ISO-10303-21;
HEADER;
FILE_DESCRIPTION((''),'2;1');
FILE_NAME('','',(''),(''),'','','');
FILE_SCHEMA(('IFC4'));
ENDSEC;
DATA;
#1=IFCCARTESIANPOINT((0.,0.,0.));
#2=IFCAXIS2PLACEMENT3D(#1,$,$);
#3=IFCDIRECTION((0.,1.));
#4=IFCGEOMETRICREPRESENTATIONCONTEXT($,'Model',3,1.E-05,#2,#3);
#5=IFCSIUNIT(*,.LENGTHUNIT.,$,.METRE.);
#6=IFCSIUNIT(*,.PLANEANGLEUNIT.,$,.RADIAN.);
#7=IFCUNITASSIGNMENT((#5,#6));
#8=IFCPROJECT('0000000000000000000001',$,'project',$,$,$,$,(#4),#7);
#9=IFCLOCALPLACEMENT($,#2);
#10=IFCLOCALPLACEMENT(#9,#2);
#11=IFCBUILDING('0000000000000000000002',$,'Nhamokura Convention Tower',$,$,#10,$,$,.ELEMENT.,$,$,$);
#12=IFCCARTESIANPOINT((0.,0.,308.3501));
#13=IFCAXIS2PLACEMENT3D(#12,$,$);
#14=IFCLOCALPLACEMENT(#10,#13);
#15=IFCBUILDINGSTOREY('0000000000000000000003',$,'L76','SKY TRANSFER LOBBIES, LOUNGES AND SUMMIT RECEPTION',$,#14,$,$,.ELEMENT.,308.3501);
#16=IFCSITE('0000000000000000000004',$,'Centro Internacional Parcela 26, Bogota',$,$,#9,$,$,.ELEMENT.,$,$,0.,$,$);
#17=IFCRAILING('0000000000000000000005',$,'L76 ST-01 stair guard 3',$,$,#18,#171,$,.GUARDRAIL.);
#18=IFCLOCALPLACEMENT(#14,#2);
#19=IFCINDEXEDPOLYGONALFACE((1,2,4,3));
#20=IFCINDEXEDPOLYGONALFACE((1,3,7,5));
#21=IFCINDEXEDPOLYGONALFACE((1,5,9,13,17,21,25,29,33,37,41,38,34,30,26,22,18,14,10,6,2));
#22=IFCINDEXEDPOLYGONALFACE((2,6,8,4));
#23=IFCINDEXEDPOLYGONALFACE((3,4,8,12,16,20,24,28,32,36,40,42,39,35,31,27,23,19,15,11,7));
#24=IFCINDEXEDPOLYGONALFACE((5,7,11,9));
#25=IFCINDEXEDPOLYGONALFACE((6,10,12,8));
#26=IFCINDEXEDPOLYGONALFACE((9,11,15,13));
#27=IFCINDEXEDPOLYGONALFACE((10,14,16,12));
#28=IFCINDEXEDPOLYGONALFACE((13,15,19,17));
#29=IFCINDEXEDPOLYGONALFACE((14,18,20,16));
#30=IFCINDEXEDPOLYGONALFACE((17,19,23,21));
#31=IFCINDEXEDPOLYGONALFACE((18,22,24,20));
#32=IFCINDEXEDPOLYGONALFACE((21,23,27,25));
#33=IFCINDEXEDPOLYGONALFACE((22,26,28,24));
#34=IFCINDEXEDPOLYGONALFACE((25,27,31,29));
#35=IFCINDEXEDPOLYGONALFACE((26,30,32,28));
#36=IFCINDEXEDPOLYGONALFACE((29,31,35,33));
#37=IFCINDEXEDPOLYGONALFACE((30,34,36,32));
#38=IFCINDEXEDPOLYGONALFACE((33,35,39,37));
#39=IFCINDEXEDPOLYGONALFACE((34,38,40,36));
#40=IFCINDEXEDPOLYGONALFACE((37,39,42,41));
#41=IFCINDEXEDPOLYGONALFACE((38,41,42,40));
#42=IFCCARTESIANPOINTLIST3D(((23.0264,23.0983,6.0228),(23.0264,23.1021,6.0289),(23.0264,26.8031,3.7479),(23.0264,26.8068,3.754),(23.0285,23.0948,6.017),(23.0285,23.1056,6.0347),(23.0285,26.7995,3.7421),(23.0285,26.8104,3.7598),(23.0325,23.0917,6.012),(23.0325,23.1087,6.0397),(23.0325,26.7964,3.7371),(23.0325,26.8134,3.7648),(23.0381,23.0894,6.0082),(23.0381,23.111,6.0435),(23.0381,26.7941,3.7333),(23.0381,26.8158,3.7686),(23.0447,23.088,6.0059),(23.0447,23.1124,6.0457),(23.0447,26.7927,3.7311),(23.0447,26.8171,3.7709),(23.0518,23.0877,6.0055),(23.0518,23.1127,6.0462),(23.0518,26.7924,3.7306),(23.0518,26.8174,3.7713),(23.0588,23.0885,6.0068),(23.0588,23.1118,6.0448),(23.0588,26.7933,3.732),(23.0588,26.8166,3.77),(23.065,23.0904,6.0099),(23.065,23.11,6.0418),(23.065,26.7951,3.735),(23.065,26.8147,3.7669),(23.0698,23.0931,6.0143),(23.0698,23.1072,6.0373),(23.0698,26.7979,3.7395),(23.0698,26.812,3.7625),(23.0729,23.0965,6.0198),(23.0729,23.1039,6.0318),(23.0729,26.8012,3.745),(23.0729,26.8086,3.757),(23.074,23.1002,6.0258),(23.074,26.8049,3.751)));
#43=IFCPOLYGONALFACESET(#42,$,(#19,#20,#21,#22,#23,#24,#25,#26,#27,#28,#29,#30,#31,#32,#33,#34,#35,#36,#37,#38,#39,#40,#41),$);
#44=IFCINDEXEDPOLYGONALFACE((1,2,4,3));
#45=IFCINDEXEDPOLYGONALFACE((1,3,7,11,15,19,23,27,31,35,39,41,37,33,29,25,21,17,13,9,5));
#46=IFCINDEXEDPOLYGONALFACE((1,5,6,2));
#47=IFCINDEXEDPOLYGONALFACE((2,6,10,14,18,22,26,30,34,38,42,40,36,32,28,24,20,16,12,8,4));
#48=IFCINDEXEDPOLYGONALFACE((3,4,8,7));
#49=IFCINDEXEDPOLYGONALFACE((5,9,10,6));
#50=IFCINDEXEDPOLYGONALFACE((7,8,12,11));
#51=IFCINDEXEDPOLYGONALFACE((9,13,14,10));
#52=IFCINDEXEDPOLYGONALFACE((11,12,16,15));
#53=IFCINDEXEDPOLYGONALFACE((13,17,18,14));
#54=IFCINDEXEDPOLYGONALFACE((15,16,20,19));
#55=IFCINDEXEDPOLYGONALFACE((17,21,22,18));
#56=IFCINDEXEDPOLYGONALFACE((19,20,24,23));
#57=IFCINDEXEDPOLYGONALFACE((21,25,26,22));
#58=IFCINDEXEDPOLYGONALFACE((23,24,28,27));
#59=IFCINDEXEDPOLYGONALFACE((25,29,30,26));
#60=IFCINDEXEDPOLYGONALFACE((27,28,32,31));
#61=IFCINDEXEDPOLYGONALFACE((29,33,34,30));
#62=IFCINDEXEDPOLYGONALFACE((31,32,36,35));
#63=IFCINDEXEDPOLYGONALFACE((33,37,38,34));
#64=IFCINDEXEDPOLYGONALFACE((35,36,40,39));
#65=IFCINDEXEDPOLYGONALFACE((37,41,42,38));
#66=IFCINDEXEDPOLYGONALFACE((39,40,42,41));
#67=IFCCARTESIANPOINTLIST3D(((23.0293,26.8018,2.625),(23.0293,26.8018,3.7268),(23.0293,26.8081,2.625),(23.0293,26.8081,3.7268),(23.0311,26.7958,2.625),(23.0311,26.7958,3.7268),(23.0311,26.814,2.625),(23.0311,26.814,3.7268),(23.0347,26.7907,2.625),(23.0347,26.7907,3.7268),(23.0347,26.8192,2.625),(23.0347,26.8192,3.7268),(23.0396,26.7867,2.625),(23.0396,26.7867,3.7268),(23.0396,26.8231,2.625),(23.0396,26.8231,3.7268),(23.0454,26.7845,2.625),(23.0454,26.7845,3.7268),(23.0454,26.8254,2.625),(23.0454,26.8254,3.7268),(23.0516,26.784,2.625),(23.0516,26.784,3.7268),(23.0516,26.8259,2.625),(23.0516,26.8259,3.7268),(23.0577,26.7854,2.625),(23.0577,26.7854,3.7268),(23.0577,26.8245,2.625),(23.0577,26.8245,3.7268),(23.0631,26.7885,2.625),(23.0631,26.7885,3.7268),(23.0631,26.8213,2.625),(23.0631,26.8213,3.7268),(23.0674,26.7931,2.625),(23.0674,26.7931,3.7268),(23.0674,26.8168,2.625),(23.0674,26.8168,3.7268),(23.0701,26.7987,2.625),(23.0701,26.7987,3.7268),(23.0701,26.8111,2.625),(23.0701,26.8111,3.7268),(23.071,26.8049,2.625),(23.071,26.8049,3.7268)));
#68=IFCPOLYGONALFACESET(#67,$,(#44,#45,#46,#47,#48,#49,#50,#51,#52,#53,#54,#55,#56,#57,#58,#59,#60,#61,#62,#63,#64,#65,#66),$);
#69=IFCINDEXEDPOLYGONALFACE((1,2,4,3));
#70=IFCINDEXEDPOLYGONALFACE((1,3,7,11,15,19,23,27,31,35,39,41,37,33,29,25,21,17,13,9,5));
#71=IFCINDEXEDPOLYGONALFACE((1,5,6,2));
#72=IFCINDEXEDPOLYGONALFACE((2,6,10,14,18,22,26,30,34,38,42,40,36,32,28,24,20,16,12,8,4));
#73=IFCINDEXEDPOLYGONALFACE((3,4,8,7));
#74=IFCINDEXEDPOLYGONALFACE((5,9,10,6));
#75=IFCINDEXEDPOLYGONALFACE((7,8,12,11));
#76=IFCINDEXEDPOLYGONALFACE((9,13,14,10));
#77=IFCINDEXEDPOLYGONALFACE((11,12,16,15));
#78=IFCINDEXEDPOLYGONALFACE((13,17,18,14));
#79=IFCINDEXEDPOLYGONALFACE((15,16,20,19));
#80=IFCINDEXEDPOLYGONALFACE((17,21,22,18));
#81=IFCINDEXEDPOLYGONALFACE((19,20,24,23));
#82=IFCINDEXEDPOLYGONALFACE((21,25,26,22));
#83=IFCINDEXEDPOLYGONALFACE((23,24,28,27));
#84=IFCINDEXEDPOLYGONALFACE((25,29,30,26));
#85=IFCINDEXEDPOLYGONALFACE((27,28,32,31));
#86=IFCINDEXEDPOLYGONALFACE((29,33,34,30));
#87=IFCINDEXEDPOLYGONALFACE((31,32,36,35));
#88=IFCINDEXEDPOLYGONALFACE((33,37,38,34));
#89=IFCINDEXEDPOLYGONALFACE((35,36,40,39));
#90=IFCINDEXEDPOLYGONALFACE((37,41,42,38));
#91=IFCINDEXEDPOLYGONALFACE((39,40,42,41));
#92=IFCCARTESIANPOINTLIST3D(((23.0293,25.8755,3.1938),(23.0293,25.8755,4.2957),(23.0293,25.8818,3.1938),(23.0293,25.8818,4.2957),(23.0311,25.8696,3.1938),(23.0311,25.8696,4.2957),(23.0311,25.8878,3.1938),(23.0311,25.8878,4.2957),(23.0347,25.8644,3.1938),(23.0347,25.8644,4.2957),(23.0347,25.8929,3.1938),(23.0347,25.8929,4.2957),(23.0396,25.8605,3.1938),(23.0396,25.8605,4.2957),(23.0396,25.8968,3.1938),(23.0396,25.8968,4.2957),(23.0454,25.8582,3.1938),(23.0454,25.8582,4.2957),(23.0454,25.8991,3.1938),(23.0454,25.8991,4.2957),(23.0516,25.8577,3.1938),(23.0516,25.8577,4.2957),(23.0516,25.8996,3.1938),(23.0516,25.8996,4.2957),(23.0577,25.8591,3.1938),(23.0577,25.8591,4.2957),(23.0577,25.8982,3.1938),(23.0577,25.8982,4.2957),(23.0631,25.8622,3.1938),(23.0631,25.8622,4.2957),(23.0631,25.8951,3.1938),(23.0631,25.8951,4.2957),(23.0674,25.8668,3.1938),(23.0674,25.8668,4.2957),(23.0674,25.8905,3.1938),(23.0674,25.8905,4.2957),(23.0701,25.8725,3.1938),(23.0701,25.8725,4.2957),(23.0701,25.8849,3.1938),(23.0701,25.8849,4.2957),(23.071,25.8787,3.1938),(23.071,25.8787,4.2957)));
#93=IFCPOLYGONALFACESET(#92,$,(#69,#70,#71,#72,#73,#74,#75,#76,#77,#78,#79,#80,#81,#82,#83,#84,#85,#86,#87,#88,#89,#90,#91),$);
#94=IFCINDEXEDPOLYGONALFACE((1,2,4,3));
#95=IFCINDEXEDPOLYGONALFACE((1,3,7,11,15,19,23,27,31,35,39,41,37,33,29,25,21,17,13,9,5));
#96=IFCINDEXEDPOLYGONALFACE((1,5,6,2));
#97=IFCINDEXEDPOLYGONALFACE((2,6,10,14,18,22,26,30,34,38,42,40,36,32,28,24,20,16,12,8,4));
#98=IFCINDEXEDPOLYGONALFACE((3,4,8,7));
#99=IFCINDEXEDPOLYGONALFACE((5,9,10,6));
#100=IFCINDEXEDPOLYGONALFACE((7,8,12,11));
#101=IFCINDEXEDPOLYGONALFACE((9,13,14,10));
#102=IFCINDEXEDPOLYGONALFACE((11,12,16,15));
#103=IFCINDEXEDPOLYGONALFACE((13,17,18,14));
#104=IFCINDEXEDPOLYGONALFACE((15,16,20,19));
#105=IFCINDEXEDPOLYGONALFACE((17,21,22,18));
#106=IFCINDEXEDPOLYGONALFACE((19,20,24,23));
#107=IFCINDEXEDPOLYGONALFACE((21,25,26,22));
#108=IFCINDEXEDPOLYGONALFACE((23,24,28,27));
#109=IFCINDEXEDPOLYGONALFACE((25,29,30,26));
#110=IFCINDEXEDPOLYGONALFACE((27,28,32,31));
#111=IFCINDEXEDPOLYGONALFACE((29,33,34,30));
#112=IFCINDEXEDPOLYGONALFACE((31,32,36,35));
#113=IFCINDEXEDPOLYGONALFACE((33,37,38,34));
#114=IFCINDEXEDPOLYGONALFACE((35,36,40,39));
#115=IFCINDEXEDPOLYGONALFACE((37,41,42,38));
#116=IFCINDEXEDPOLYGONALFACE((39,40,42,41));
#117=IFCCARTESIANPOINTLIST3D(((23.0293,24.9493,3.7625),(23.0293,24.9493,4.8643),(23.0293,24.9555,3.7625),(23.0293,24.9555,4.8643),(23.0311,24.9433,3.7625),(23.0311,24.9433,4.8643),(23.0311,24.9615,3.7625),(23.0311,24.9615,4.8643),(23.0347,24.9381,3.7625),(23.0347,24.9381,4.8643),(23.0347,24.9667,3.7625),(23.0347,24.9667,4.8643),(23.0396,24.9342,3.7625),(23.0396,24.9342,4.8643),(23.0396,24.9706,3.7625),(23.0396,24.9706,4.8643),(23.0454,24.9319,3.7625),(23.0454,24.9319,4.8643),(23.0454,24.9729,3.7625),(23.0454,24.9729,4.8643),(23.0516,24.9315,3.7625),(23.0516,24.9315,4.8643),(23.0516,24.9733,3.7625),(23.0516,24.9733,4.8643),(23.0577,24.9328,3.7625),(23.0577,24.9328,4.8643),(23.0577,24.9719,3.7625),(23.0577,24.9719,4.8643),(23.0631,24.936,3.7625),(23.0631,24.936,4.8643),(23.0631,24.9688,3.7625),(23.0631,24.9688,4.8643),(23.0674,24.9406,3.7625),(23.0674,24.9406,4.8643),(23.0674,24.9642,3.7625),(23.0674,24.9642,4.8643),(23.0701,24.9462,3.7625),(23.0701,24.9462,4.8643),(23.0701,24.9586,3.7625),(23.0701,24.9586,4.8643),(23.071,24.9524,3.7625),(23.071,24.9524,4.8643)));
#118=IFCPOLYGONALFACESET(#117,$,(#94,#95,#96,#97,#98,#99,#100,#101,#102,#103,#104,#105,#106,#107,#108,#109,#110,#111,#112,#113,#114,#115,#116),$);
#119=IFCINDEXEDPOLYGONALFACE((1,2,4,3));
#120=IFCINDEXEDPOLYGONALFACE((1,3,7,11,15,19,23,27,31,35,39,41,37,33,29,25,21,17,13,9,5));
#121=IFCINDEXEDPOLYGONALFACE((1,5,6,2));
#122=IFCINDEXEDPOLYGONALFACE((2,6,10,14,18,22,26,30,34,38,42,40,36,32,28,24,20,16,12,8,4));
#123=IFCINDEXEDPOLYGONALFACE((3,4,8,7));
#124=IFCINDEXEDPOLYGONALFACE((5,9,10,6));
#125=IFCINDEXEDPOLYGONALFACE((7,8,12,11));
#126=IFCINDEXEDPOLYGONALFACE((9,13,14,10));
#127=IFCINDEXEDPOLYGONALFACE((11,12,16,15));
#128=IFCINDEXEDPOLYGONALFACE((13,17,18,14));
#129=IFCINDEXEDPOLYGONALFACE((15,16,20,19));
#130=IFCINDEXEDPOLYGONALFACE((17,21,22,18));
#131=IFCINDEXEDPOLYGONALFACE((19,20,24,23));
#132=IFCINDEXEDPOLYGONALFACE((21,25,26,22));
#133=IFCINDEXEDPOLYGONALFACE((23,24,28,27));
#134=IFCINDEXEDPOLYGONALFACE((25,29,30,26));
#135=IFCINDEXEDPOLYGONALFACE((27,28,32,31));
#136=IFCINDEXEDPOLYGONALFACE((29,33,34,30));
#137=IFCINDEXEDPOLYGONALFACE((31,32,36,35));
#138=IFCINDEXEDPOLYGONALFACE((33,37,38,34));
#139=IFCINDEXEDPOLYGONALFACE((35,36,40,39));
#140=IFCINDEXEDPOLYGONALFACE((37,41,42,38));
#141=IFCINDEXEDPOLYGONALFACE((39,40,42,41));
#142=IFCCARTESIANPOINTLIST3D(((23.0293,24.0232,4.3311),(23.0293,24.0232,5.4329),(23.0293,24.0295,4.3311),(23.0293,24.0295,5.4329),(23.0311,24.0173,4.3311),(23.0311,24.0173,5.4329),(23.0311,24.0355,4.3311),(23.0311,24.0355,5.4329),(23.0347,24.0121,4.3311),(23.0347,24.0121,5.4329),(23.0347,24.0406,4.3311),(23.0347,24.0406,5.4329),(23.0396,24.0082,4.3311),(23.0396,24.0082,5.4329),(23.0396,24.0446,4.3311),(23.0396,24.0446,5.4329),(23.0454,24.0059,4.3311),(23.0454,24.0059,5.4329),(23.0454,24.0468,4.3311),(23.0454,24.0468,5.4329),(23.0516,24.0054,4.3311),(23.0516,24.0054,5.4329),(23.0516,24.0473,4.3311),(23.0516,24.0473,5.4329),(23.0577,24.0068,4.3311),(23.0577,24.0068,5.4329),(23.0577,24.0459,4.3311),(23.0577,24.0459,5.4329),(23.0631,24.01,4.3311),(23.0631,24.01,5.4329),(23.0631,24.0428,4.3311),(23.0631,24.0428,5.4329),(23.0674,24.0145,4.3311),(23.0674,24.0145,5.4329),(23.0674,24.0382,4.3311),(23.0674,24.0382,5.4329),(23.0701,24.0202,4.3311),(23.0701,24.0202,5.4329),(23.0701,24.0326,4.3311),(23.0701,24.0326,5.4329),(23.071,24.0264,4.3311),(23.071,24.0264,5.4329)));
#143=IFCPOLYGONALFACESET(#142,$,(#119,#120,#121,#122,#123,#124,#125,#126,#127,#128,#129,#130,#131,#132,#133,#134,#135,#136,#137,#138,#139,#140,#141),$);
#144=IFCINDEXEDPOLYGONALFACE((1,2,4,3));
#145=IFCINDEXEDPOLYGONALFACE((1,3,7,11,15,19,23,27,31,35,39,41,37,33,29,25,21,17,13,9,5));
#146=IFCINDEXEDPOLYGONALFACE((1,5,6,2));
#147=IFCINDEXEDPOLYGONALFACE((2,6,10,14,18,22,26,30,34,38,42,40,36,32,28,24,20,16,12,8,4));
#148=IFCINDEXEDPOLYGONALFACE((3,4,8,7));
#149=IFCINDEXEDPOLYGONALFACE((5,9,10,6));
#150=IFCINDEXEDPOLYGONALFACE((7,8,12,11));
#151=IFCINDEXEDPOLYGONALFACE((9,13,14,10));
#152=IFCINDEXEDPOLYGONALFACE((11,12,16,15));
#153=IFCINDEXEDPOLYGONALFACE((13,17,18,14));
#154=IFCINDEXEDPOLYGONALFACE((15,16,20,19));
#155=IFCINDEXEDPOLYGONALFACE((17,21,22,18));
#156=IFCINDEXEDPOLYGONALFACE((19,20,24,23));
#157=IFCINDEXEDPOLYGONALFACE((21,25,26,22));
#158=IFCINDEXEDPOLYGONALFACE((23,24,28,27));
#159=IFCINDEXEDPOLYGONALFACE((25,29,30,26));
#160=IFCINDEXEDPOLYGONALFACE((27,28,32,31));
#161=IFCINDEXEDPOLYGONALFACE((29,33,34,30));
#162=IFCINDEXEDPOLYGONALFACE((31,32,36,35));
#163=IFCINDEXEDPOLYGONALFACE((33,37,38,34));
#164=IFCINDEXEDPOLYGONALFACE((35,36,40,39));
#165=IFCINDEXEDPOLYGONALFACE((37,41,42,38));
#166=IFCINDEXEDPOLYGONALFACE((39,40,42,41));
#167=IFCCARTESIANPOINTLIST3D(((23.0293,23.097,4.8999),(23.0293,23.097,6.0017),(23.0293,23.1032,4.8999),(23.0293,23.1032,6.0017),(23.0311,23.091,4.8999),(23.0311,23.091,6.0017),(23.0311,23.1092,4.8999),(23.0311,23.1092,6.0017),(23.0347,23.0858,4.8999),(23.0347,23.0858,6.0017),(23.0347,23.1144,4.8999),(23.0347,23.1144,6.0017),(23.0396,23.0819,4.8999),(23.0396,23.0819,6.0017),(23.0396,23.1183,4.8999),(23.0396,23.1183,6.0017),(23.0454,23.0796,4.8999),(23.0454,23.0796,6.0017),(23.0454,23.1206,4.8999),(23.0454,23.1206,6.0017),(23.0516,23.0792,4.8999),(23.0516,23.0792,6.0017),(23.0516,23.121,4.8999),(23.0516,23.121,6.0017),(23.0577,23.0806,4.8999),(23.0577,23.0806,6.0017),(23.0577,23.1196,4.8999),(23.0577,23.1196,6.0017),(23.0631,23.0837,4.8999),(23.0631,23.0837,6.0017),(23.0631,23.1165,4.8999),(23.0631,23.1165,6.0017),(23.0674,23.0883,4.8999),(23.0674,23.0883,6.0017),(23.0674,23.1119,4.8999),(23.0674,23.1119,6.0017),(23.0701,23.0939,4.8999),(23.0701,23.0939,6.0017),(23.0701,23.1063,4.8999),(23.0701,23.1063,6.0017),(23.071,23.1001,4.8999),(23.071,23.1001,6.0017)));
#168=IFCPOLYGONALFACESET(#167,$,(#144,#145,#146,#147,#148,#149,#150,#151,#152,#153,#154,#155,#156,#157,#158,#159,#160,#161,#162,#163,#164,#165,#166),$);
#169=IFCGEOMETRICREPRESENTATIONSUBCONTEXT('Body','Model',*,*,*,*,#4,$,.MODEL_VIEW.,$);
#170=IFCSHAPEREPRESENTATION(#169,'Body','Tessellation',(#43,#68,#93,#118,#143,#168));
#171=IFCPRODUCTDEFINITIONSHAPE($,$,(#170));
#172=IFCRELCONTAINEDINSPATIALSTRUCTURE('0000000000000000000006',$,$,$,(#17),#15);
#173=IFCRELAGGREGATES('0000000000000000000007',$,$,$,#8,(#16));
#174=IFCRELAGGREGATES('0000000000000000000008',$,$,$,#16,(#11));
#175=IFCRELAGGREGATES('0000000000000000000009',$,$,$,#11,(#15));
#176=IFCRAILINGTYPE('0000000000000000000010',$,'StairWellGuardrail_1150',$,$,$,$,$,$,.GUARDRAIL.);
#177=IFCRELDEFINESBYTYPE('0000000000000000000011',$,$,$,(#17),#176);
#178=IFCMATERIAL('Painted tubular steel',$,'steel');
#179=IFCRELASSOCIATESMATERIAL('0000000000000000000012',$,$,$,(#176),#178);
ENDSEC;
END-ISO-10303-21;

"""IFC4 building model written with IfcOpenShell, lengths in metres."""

from ifc_helpers import new_model, si_unit, direction, frame, origin, origin_2d, place, context, subcontext, project, spatial, circle, extrude, material, type_object, element, save


model = new_model("IFC4")

# Units and contexts
model_context = context("Model", 3, precision=1e-05, world=origin(), true_north=direction((0.0, 1.0)))
body_context = subcontext(model_context, "Body", "Model", "MODEL_VIEW")
ifc_project = project(units=[si_unit("LENGTHUNIT", "METRE"), si_unit("PLANEANGLEUNIT", "RADIAN")], contexts=[model_context])

# Site, building, storey
site_placement = place(None, origin())
site = spatial("IfcSite", under=ifc_project, at=site_placement, Name="Centro Internacional Parcela 26, Bogota", CompositionType="ELEMENT", RefElevation=0.0)
building_placement = place(site_placement, origin())
building = spatial("IfcBuilding", under=site, at=building_placement, Name="Nhamokura Convention Tower", CompositionType="ELEMENT")
storey_placement = place(building_placement, frame((0.0, 0.0, 308.3501)))
storey = spatial("IfcBuildingStorey", under=building, at=storey_placement, Name="L76", Description="SKY TRANSFER LOBBIES, LOUNGES AND SUMMIT RECEPTION", CompositionType="ELEMENT", Elevation=308.3501)

# Railing
ifc_material_1 = material(Name="Painted tubular steel", Category="steel")
railing_type_1 = type_object("IfcRailingType", Name="StairWellGuardrail_1150", PredefinedType="GUARDRAIL", material=ifc_material_1)
railing_1_placement = place(storey_placement, frame((23.05, 26.8049, 2.625)))
element("IfcRailing", 1, at=railing_1_placement, inside=storey, type_object=railing_type_1, Name="L76 ST-01 stair guard 3", PredefinedType="GUARDRAIL", context=body_context, shape_type="SweptSolid", body=[
    extrude(circle(Radius=0.0239, at=origin_2d()), frame((0.0, 0.0, 1.126), z_axis=(0.0, -0.852171, 0.523264), x_axis=(1.0, 0.0, 0.0)), (0.0, 0.0, 1.0), 4.3474),
    extrude(circle(Radius=0.021, at=origin_2d()), origin(), (0.0, 0.0, 1.0), 1.1018),
    extrude(circle(Radius=0.021, at=origin_2d()), frame((0.0, -0.9263, 0.5688)), (0.0, 0.0, 1.0), 1.1018),
    extrude(circle(Radius=0.021, at=origin_2d()), frame((0.0, -1.8525, 1.1375)), (0.0, 0.0, 1.0), 1.1018),
    extrude(circle(Radius=0.021, at=origin_2d()), frame((0.0, -2.7786, 1.7061)), (0.0, 0.0, 1.0), 1.1018),
    extrude(circle(Radius=0.021, at=origin_2d()), frame((0.0, -3.7048, 2.2749)), (0.0, 0.0, 1.0), 1.1018),
])

save(model, "model.ifc")
